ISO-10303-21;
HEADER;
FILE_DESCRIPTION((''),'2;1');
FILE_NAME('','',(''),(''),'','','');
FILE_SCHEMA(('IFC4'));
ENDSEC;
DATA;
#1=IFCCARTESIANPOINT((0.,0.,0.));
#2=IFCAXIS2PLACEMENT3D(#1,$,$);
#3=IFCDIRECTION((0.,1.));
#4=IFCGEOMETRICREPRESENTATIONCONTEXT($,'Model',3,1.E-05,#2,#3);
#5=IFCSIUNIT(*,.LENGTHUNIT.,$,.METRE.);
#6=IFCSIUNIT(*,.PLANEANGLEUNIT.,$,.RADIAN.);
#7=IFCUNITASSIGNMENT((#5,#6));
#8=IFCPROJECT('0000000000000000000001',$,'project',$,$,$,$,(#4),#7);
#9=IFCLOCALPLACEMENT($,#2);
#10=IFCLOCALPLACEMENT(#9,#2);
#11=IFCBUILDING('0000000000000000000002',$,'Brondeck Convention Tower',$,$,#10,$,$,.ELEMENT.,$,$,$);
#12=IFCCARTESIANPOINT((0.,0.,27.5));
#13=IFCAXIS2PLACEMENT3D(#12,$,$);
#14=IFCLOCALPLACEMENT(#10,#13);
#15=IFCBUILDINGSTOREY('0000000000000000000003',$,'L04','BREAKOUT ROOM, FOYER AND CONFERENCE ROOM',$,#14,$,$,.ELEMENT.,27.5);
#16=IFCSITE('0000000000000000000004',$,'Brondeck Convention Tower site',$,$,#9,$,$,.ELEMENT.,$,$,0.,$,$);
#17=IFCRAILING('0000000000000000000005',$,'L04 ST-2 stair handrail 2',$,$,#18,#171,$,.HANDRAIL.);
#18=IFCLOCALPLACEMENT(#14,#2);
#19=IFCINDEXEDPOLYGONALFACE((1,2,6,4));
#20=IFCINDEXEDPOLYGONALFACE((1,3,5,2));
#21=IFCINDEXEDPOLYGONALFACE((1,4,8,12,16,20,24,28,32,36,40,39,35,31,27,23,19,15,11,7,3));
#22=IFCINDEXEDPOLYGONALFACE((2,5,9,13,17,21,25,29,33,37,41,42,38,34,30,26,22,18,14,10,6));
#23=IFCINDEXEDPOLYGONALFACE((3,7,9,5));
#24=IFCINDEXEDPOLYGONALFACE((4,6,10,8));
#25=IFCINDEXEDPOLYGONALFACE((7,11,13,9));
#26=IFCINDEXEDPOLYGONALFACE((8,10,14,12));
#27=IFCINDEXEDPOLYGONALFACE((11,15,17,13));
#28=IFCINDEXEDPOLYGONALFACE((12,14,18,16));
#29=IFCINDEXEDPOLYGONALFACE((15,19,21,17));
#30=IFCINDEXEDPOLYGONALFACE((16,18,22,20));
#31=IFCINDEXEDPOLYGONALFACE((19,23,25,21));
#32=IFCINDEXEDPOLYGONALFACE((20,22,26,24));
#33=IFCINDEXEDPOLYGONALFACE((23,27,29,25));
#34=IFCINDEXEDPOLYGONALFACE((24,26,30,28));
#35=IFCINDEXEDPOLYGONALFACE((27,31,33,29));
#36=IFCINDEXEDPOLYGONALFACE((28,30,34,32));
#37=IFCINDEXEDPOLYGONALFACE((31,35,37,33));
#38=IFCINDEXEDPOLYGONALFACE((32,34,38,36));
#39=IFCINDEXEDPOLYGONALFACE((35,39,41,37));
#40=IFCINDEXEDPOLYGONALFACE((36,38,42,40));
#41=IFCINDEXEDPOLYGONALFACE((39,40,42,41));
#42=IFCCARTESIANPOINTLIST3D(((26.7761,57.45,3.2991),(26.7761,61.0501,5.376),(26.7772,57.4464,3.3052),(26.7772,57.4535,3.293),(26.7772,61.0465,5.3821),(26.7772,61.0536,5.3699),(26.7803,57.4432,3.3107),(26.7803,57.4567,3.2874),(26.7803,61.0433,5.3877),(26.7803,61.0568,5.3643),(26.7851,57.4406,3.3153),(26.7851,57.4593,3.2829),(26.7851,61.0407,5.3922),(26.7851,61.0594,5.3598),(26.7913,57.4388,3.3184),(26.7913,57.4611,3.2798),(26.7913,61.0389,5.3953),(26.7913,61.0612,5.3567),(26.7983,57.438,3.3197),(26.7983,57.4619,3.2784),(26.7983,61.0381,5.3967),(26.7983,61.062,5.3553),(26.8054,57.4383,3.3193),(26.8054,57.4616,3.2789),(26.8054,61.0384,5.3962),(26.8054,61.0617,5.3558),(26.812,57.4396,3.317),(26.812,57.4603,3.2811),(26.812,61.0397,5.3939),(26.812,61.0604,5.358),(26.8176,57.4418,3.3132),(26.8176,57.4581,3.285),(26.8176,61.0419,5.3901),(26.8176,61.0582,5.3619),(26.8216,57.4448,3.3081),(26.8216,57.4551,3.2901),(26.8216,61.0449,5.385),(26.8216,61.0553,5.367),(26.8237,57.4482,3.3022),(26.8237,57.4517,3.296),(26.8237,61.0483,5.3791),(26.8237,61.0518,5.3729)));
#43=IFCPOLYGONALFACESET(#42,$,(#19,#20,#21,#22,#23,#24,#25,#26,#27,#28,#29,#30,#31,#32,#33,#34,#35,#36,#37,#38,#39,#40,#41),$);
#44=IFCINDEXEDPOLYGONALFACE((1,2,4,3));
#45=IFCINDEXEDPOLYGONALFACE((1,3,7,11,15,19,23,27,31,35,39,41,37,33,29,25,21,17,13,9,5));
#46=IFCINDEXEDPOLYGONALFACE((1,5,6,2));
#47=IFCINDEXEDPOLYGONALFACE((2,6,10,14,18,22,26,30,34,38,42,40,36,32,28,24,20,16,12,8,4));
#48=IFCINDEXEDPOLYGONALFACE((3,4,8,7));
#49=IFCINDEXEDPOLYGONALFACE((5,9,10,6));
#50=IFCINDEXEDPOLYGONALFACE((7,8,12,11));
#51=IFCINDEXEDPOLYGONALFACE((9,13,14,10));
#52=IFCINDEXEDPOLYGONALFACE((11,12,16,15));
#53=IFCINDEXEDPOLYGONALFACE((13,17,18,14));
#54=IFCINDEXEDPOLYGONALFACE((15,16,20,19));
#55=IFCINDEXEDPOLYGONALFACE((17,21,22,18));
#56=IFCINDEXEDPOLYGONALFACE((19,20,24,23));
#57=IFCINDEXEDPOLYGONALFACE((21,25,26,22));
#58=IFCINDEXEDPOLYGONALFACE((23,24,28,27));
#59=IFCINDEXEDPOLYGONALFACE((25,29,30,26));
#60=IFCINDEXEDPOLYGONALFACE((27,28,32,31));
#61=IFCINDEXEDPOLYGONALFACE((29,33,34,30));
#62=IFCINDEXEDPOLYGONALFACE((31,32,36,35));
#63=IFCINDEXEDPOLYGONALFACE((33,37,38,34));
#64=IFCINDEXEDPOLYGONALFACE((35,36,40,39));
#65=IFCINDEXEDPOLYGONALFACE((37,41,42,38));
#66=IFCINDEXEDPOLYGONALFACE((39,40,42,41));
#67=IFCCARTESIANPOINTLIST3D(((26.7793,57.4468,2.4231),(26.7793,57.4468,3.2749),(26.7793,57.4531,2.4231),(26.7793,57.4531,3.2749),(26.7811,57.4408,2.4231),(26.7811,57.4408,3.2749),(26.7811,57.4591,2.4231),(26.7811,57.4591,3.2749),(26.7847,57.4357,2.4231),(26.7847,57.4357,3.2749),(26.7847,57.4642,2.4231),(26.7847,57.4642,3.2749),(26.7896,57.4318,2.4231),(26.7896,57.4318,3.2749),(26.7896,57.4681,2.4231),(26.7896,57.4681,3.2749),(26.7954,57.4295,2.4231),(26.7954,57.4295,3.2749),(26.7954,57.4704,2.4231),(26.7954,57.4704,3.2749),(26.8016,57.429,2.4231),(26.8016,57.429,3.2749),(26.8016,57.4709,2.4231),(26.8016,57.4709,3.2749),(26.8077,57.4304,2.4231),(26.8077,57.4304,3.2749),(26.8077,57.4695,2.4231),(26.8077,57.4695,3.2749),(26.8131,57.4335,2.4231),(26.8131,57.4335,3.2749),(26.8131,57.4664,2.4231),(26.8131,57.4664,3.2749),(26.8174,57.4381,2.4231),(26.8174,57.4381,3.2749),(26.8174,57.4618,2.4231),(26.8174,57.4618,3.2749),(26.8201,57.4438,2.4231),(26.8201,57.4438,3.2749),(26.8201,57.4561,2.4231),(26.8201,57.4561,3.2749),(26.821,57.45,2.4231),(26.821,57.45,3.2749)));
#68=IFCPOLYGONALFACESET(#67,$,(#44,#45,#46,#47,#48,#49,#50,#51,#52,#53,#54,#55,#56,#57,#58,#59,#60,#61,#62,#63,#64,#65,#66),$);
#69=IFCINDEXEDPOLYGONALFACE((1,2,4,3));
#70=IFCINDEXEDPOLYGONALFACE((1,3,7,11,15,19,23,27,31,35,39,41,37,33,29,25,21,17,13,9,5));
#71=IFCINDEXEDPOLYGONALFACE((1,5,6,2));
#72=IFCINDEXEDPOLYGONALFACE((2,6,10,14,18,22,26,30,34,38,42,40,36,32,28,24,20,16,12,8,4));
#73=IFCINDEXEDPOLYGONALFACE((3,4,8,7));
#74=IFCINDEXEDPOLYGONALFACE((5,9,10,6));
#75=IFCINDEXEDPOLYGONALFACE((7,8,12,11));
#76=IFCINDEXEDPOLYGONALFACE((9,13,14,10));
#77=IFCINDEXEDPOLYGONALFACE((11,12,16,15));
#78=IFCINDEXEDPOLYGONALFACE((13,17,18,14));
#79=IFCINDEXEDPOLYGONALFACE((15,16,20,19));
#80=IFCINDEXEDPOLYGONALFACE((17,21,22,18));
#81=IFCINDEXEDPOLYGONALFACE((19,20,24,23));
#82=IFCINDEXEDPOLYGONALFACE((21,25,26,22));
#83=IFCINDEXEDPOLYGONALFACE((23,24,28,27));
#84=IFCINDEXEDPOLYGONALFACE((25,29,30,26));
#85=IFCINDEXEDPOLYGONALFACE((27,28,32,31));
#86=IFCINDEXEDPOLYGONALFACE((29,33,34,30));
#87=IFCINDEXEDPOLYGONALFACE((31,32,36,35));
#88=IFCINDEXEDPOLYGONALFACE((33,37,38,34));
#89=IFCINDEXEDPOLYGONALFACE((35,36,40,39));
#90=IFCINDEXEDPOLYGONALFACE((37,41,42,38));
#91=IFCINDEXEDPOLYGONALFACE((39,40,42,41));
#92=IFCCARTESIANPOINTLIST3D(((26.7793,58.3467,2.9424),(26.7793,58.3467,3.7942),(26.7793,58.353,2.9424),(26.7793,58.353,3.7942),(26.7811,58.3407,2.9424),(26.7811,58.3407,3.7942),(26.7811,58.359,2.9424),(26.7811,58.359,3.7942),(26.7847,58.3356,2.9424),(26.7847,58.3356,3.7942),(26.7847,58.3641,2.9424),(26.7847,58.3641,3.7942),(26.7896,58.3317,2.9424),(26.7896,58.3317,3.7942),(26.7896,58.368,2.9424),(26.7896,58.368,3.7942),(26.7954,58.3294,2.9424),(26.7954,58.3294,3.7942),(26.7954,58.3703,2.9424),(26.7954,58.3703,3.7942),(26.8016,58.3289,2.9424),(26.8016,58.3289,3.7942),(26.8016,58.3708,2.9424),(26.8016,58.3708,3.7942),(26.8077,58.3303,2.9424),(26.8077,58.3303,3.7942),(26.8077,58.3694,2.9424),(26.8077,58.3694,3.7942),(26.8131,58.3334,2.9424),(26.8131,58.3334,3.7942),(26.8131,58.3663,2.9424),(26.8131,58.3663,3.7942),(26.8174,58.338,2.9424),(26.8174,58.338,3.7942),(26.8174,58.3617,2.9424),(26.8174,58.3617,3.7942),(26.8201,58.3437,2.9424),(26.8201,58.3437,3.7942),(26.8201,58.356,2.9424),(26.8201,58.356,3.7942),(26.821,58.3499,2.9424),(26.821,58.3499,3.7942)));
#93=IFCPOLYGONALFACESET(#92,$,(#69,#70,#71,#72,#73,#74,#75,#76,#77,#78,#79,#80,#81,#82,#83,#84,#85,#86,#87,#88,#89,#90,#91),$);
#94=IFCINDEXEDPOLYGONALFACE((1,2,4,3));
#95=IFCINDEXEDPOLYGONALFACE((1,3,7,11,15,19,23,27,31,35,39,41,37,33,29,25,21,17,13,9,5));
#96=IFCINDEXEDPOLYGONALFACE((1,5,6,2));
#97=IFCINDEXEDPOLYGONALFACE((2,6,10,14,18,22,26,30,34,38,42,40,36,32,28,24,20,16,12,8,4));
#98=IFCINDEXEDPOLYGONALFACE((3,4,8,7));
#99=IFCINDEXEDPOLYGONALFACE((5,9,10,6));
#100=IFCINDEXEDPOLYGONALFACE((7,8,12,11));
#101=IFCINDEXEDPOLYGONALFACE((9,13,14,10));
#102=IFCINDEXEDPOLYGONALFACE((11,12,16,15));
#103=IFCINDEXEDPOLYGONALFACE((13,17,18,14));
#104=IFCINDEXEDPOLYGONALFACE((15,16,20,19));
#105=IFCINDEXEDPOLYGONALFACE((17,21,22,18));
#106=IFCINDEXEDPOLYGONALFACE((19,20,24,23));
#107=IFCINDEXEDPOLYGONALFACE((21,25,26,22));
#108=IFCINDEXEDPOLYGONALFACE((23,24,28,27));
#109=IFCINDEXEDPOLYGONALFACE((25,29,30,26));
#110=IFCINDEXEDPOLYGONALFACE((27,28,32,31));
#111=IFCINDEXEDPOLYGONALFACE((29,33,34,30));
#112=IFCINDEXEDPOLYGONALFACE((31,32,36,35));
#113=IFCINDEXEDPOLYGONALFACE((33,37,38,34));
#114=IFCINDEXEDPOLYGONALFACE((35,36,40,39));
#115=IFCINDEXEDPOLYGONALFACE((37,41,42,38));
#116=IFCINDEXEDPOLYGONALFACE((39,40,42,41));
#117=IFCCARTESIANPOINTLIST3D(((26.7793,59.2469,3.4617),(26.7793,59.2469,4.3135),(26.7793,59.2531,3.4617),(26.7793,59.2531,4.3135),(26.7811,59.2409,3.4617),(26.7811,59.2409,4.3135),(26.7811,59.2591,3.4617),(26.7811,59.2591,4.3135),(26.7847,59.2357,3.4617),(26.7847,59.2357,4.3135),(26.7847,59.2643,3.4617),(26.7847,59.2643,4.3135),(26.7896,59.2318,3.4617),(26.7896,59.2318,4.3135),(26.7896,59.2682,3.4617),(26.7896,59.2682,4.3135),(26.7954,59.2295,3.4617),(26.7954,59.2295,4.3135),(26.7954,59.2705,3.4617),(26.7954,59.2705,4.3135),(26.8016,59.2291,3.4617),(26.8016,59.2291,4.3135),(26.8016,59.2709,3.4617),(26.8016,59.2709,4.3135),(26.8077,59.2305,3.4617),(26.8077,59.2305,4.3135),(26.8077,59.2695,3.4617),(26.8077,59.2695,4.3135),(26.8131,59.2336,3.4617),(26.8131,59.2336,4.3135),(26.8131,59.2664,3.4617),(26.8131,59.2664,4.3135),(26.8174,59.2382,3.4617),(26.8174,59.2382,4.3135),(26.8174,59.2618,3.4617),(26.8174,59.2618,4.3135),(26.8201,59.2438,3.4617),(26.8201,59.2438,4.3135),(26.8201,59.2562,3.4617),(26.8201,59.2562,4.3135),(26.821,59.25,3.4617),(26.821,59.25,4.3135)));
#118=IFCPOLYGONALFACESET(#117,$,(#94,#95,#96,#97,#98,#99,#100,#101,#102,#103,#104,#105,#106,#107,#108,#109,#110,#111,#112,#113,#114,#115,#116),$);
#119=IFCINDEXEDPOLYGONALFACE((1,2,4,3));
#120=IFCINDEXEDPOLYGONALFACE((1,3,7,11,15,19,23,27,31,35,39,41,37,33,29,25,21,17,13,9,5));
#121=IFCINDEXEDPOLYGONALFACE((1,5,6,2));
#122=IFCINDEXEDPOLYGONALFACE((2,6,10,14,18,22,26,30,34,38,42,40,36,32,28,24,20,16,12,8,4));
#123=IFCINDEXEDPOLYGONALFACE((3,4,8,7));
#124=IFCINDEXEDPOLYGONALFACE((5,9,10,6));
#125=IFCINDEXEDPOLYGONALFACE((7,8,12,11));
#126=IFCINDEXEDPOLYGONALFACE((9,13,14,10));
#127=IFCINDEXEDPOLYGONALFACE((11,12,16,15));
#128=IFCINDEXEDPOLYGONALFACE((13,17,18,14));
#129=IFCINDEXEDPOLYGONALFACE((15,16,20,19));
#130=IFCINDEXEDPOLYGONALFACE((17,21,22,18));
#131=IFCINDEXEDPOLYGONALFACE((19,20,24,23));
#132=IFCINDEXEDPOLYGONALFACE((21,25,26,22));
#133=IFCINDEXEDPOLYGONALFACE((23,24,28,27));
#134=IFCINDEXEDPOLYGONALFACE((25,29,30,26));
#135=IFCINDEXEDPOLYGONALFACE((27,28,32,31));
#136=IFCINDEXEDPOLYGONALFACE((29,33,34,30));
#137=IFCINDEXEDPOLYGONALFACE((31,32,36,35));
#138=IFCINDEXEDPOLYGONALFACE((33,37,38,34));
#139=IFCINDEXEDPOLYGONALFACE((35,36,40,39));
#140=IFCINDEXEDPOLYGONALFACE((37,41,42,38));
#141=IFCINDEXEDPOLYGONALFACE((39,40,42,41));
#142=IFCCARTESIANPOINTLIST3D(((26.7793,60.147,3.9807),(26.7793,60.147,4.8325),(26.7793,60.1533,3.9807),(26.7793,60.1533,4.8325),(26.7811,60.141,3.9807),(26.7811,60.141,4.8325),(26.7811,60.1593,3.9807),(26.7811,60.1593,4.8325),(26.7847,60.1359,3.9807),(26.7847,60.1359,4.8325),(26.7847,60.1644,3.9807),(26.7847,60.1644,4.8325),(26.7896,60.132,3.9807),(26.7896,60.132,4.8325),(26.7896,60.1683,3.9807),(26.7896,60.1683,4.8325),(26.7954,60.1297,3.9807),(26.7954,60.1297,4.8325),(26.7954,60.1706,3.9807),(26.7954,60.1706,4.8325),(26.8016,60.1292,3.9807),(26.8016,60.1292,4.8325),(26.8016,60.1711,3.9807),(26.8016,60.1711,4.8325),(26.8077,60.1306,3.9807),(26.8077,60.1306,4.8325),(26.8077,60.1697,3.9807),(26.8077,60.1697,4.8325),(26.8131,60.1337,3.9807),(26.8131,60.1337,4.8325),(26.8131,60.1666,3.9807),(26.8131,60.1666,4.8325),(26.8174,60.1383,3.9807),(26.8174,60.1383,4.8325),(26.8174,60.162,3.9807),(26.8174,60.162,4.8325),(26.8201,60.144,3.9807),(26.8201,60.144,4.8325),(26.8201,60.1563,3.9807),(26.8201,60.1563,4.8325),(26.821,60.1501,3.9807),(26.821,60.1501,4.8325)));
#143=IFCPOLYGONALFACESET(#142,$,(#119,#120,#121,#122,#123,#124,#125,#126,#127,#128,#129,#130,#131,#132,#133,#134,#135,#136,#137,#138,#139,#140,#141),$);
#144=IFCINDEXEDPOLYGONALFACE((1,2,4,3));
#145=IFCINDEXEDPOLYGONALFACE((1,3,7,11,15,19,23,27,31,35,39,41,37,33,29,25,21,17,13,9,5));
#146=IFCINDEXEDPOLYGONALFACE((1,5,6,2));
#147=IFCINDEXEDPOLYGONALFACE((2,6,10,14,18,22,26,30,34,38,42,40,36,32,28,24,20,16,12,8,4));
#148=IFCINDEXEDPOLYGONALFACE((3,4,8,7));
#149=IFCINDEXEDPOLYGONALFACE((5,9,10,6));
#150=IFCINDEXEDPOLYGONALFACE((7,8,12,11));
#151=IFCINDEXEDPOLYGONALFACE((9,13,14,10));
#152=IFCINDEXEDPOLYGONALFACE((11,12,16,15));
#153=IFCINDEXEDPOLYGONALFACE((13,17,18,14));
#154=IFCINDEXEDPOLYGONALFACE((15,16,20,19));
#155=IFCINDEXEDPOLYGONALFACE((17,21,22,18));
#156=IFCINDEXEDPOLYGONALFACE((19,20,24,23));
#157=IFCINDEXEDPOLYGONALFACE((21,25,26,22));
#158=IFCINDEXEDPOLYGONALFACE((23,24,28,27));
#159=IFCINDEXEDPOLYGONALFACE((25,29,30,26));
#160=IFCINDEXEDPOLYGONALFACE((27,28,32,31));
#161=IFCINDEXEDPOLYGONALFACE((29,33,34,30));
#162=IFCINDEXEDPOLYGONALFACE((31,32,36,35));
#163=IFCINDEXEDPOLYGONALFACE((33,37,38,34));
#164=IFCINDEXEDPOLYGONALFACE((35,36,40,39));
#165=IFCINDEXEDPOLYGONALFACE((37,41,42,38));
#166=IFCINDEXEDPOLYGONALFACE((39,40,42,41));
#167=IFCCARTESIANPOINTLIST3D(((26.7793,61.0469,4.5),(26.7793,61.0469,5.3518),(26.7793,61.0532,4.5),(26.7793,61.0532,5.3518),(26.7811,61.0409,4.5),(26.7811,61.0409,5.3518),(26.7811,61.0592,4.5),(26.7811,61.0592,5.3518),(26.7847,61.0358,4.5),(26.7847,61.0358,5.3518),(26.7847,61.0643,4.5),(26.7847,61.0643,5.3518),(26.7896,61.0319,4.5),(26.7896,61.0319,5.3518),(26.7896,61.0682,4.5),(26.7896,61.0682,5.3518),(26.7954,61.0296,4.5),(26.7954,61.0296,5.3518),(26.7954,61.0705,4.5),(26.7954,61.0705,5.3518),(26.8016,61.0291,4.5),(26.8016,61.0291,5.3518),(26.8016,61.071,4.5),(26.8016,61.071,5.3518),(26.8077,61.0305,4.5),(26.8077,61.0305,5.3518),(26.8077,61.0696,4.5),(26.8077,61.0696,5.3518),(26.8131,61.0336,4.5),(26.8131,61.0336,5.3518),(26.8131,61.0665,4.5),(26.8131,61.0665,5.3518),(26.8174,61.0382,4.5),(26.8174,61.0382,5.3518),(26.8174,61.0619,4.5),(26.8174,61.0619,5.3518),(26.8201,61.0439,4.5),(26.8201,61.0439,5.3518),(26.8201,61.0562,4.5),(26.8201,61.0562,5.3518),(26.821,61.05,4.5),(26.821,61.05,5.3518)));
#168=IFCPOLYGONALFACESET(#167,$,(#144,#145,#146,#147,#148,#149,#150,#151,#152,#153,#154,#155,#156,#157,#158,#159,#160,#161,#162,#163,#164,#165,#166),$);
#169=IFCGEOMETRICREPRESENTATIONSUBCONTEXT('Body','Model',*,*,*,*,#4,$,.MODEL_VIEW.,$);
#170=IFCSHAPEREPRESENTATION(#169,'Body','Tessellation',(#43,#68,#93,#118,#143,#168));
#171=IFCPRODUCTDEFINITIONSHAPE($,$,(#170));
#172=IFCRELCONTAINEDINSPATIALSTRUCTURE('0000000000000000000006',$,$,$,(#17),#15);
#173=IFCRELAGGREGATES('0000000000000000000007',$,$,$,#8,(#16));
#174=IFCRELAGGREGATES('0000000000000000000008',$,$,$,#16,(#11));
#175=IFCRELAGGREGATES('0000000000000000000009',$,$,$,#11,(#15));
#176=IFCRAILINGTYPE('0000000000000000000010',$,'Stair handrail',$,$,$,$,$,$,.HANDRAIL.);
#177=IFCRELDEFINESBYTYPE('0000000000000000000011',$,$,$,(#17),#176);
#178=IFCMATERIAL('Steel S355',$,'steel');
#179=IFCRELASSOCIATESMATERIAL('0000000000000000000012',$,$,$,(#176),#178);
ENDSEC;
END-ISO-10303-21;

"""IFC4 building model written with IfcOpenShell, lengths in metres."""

from ifc_helpers import new_model, si_unit, direction, frame, origin, origin_2d, place, context, subcontext, project, spatial, circle, extrude, material, type_object, element, save


model = new_model("IFC4")

# Units and contexts
model_context = context("Model", 3, precision=1e-05, world=origin(), true_north=direction((0.0, 1.0)))
body_context = subcontext(model_context, "Body", "Model", "MODEL_VIEW")
ifc_project = project(units=[si_unit("LENGTHUNIT", "METRE"), si_unit("PLANEANGLEUNIT", "RADIAN")], contexts=[model_context])

# Site, building, storey
site_placement = place(None, origin())
site = spatial("IfcSite", under=ifc_project, at=site_placement, Name="Brondeck Convention Tower site", CompositionType="ELEMENT", RefElevation=0.0)
building_placement = place(site_placement, origin())
building = spatial("IfcBuilding", under=site, at=building_placement, Name="Brondeck Convention Tower", CompositionType="ELEMENT")
storey_placement = place(building_placement, frame((0.0, 0.0, 27.5)))
storey = spatial("IfcBuildingStorey", under=building, at=storey_placement, Name="L04", Description="BREAKOUT ROOM, FOYER AND CONFERENCE ROOM", CompositionType="ELEMENT", Elevation=27.5)

# Shared definitions
ifc_material_1 = material(Name="Steel S355", Category="steel")

# Railing
railing_type_1 = type_object("IfcRailingType", Name="Stair handrail", PredefinedType="HANDRAIL", material=ifc_material_1)
railing_1_placement = place(storey_placement, frame((26.8, 57.45, 2.4231)))
element("IfcRailing", 1, at=railing_1_placement, inside=storey, type_object=railing_type_1, Name="L04 ST-2 stair handrail 2", PredefinedType="HANDRAIL", context=body_context, shape_type="SweptSolid", body=[
    extrude(circle(Radius=0.0239, at=origin_2d()), frame((0.0, 0.0, 0.876), z_axis=(0.0, 0.866193, 0.499709), x_axis=(-1.0, 0.0, 0.0)), (0.0, 0.0, 1.0), 4.1562),
    extrude(circle(Radius=0.021, at=origin_2d()), origin(), (0.0, 0.0, 1.0), 0.8518),
    extrude(circle(Radius=0.021, at=origin_2d()), frame((0.0, 0.8999, 0.5193)), (0.0, 0.0, 1.0), 0.8518),
    extrude(circle(Radius=0.021, at=origin_2d()), frame((0.0, 1.8, 1.0386)), (0.0, 0.0, 1.0), 0.8518),
    extrude(circle(Radius=0.021, at=origin_2d()), frame((0.0, 2.7002, 1.5576)), (0.0, 0.0, 1.0), 0.8518),
    extrude(circle(Radius=0.021, at=origin_2d()), frame((0.0, 3.6001, 2.0769)), (0.0, 0.0, 1.0), 0.8518),
])

save(model, "model.ifc")
